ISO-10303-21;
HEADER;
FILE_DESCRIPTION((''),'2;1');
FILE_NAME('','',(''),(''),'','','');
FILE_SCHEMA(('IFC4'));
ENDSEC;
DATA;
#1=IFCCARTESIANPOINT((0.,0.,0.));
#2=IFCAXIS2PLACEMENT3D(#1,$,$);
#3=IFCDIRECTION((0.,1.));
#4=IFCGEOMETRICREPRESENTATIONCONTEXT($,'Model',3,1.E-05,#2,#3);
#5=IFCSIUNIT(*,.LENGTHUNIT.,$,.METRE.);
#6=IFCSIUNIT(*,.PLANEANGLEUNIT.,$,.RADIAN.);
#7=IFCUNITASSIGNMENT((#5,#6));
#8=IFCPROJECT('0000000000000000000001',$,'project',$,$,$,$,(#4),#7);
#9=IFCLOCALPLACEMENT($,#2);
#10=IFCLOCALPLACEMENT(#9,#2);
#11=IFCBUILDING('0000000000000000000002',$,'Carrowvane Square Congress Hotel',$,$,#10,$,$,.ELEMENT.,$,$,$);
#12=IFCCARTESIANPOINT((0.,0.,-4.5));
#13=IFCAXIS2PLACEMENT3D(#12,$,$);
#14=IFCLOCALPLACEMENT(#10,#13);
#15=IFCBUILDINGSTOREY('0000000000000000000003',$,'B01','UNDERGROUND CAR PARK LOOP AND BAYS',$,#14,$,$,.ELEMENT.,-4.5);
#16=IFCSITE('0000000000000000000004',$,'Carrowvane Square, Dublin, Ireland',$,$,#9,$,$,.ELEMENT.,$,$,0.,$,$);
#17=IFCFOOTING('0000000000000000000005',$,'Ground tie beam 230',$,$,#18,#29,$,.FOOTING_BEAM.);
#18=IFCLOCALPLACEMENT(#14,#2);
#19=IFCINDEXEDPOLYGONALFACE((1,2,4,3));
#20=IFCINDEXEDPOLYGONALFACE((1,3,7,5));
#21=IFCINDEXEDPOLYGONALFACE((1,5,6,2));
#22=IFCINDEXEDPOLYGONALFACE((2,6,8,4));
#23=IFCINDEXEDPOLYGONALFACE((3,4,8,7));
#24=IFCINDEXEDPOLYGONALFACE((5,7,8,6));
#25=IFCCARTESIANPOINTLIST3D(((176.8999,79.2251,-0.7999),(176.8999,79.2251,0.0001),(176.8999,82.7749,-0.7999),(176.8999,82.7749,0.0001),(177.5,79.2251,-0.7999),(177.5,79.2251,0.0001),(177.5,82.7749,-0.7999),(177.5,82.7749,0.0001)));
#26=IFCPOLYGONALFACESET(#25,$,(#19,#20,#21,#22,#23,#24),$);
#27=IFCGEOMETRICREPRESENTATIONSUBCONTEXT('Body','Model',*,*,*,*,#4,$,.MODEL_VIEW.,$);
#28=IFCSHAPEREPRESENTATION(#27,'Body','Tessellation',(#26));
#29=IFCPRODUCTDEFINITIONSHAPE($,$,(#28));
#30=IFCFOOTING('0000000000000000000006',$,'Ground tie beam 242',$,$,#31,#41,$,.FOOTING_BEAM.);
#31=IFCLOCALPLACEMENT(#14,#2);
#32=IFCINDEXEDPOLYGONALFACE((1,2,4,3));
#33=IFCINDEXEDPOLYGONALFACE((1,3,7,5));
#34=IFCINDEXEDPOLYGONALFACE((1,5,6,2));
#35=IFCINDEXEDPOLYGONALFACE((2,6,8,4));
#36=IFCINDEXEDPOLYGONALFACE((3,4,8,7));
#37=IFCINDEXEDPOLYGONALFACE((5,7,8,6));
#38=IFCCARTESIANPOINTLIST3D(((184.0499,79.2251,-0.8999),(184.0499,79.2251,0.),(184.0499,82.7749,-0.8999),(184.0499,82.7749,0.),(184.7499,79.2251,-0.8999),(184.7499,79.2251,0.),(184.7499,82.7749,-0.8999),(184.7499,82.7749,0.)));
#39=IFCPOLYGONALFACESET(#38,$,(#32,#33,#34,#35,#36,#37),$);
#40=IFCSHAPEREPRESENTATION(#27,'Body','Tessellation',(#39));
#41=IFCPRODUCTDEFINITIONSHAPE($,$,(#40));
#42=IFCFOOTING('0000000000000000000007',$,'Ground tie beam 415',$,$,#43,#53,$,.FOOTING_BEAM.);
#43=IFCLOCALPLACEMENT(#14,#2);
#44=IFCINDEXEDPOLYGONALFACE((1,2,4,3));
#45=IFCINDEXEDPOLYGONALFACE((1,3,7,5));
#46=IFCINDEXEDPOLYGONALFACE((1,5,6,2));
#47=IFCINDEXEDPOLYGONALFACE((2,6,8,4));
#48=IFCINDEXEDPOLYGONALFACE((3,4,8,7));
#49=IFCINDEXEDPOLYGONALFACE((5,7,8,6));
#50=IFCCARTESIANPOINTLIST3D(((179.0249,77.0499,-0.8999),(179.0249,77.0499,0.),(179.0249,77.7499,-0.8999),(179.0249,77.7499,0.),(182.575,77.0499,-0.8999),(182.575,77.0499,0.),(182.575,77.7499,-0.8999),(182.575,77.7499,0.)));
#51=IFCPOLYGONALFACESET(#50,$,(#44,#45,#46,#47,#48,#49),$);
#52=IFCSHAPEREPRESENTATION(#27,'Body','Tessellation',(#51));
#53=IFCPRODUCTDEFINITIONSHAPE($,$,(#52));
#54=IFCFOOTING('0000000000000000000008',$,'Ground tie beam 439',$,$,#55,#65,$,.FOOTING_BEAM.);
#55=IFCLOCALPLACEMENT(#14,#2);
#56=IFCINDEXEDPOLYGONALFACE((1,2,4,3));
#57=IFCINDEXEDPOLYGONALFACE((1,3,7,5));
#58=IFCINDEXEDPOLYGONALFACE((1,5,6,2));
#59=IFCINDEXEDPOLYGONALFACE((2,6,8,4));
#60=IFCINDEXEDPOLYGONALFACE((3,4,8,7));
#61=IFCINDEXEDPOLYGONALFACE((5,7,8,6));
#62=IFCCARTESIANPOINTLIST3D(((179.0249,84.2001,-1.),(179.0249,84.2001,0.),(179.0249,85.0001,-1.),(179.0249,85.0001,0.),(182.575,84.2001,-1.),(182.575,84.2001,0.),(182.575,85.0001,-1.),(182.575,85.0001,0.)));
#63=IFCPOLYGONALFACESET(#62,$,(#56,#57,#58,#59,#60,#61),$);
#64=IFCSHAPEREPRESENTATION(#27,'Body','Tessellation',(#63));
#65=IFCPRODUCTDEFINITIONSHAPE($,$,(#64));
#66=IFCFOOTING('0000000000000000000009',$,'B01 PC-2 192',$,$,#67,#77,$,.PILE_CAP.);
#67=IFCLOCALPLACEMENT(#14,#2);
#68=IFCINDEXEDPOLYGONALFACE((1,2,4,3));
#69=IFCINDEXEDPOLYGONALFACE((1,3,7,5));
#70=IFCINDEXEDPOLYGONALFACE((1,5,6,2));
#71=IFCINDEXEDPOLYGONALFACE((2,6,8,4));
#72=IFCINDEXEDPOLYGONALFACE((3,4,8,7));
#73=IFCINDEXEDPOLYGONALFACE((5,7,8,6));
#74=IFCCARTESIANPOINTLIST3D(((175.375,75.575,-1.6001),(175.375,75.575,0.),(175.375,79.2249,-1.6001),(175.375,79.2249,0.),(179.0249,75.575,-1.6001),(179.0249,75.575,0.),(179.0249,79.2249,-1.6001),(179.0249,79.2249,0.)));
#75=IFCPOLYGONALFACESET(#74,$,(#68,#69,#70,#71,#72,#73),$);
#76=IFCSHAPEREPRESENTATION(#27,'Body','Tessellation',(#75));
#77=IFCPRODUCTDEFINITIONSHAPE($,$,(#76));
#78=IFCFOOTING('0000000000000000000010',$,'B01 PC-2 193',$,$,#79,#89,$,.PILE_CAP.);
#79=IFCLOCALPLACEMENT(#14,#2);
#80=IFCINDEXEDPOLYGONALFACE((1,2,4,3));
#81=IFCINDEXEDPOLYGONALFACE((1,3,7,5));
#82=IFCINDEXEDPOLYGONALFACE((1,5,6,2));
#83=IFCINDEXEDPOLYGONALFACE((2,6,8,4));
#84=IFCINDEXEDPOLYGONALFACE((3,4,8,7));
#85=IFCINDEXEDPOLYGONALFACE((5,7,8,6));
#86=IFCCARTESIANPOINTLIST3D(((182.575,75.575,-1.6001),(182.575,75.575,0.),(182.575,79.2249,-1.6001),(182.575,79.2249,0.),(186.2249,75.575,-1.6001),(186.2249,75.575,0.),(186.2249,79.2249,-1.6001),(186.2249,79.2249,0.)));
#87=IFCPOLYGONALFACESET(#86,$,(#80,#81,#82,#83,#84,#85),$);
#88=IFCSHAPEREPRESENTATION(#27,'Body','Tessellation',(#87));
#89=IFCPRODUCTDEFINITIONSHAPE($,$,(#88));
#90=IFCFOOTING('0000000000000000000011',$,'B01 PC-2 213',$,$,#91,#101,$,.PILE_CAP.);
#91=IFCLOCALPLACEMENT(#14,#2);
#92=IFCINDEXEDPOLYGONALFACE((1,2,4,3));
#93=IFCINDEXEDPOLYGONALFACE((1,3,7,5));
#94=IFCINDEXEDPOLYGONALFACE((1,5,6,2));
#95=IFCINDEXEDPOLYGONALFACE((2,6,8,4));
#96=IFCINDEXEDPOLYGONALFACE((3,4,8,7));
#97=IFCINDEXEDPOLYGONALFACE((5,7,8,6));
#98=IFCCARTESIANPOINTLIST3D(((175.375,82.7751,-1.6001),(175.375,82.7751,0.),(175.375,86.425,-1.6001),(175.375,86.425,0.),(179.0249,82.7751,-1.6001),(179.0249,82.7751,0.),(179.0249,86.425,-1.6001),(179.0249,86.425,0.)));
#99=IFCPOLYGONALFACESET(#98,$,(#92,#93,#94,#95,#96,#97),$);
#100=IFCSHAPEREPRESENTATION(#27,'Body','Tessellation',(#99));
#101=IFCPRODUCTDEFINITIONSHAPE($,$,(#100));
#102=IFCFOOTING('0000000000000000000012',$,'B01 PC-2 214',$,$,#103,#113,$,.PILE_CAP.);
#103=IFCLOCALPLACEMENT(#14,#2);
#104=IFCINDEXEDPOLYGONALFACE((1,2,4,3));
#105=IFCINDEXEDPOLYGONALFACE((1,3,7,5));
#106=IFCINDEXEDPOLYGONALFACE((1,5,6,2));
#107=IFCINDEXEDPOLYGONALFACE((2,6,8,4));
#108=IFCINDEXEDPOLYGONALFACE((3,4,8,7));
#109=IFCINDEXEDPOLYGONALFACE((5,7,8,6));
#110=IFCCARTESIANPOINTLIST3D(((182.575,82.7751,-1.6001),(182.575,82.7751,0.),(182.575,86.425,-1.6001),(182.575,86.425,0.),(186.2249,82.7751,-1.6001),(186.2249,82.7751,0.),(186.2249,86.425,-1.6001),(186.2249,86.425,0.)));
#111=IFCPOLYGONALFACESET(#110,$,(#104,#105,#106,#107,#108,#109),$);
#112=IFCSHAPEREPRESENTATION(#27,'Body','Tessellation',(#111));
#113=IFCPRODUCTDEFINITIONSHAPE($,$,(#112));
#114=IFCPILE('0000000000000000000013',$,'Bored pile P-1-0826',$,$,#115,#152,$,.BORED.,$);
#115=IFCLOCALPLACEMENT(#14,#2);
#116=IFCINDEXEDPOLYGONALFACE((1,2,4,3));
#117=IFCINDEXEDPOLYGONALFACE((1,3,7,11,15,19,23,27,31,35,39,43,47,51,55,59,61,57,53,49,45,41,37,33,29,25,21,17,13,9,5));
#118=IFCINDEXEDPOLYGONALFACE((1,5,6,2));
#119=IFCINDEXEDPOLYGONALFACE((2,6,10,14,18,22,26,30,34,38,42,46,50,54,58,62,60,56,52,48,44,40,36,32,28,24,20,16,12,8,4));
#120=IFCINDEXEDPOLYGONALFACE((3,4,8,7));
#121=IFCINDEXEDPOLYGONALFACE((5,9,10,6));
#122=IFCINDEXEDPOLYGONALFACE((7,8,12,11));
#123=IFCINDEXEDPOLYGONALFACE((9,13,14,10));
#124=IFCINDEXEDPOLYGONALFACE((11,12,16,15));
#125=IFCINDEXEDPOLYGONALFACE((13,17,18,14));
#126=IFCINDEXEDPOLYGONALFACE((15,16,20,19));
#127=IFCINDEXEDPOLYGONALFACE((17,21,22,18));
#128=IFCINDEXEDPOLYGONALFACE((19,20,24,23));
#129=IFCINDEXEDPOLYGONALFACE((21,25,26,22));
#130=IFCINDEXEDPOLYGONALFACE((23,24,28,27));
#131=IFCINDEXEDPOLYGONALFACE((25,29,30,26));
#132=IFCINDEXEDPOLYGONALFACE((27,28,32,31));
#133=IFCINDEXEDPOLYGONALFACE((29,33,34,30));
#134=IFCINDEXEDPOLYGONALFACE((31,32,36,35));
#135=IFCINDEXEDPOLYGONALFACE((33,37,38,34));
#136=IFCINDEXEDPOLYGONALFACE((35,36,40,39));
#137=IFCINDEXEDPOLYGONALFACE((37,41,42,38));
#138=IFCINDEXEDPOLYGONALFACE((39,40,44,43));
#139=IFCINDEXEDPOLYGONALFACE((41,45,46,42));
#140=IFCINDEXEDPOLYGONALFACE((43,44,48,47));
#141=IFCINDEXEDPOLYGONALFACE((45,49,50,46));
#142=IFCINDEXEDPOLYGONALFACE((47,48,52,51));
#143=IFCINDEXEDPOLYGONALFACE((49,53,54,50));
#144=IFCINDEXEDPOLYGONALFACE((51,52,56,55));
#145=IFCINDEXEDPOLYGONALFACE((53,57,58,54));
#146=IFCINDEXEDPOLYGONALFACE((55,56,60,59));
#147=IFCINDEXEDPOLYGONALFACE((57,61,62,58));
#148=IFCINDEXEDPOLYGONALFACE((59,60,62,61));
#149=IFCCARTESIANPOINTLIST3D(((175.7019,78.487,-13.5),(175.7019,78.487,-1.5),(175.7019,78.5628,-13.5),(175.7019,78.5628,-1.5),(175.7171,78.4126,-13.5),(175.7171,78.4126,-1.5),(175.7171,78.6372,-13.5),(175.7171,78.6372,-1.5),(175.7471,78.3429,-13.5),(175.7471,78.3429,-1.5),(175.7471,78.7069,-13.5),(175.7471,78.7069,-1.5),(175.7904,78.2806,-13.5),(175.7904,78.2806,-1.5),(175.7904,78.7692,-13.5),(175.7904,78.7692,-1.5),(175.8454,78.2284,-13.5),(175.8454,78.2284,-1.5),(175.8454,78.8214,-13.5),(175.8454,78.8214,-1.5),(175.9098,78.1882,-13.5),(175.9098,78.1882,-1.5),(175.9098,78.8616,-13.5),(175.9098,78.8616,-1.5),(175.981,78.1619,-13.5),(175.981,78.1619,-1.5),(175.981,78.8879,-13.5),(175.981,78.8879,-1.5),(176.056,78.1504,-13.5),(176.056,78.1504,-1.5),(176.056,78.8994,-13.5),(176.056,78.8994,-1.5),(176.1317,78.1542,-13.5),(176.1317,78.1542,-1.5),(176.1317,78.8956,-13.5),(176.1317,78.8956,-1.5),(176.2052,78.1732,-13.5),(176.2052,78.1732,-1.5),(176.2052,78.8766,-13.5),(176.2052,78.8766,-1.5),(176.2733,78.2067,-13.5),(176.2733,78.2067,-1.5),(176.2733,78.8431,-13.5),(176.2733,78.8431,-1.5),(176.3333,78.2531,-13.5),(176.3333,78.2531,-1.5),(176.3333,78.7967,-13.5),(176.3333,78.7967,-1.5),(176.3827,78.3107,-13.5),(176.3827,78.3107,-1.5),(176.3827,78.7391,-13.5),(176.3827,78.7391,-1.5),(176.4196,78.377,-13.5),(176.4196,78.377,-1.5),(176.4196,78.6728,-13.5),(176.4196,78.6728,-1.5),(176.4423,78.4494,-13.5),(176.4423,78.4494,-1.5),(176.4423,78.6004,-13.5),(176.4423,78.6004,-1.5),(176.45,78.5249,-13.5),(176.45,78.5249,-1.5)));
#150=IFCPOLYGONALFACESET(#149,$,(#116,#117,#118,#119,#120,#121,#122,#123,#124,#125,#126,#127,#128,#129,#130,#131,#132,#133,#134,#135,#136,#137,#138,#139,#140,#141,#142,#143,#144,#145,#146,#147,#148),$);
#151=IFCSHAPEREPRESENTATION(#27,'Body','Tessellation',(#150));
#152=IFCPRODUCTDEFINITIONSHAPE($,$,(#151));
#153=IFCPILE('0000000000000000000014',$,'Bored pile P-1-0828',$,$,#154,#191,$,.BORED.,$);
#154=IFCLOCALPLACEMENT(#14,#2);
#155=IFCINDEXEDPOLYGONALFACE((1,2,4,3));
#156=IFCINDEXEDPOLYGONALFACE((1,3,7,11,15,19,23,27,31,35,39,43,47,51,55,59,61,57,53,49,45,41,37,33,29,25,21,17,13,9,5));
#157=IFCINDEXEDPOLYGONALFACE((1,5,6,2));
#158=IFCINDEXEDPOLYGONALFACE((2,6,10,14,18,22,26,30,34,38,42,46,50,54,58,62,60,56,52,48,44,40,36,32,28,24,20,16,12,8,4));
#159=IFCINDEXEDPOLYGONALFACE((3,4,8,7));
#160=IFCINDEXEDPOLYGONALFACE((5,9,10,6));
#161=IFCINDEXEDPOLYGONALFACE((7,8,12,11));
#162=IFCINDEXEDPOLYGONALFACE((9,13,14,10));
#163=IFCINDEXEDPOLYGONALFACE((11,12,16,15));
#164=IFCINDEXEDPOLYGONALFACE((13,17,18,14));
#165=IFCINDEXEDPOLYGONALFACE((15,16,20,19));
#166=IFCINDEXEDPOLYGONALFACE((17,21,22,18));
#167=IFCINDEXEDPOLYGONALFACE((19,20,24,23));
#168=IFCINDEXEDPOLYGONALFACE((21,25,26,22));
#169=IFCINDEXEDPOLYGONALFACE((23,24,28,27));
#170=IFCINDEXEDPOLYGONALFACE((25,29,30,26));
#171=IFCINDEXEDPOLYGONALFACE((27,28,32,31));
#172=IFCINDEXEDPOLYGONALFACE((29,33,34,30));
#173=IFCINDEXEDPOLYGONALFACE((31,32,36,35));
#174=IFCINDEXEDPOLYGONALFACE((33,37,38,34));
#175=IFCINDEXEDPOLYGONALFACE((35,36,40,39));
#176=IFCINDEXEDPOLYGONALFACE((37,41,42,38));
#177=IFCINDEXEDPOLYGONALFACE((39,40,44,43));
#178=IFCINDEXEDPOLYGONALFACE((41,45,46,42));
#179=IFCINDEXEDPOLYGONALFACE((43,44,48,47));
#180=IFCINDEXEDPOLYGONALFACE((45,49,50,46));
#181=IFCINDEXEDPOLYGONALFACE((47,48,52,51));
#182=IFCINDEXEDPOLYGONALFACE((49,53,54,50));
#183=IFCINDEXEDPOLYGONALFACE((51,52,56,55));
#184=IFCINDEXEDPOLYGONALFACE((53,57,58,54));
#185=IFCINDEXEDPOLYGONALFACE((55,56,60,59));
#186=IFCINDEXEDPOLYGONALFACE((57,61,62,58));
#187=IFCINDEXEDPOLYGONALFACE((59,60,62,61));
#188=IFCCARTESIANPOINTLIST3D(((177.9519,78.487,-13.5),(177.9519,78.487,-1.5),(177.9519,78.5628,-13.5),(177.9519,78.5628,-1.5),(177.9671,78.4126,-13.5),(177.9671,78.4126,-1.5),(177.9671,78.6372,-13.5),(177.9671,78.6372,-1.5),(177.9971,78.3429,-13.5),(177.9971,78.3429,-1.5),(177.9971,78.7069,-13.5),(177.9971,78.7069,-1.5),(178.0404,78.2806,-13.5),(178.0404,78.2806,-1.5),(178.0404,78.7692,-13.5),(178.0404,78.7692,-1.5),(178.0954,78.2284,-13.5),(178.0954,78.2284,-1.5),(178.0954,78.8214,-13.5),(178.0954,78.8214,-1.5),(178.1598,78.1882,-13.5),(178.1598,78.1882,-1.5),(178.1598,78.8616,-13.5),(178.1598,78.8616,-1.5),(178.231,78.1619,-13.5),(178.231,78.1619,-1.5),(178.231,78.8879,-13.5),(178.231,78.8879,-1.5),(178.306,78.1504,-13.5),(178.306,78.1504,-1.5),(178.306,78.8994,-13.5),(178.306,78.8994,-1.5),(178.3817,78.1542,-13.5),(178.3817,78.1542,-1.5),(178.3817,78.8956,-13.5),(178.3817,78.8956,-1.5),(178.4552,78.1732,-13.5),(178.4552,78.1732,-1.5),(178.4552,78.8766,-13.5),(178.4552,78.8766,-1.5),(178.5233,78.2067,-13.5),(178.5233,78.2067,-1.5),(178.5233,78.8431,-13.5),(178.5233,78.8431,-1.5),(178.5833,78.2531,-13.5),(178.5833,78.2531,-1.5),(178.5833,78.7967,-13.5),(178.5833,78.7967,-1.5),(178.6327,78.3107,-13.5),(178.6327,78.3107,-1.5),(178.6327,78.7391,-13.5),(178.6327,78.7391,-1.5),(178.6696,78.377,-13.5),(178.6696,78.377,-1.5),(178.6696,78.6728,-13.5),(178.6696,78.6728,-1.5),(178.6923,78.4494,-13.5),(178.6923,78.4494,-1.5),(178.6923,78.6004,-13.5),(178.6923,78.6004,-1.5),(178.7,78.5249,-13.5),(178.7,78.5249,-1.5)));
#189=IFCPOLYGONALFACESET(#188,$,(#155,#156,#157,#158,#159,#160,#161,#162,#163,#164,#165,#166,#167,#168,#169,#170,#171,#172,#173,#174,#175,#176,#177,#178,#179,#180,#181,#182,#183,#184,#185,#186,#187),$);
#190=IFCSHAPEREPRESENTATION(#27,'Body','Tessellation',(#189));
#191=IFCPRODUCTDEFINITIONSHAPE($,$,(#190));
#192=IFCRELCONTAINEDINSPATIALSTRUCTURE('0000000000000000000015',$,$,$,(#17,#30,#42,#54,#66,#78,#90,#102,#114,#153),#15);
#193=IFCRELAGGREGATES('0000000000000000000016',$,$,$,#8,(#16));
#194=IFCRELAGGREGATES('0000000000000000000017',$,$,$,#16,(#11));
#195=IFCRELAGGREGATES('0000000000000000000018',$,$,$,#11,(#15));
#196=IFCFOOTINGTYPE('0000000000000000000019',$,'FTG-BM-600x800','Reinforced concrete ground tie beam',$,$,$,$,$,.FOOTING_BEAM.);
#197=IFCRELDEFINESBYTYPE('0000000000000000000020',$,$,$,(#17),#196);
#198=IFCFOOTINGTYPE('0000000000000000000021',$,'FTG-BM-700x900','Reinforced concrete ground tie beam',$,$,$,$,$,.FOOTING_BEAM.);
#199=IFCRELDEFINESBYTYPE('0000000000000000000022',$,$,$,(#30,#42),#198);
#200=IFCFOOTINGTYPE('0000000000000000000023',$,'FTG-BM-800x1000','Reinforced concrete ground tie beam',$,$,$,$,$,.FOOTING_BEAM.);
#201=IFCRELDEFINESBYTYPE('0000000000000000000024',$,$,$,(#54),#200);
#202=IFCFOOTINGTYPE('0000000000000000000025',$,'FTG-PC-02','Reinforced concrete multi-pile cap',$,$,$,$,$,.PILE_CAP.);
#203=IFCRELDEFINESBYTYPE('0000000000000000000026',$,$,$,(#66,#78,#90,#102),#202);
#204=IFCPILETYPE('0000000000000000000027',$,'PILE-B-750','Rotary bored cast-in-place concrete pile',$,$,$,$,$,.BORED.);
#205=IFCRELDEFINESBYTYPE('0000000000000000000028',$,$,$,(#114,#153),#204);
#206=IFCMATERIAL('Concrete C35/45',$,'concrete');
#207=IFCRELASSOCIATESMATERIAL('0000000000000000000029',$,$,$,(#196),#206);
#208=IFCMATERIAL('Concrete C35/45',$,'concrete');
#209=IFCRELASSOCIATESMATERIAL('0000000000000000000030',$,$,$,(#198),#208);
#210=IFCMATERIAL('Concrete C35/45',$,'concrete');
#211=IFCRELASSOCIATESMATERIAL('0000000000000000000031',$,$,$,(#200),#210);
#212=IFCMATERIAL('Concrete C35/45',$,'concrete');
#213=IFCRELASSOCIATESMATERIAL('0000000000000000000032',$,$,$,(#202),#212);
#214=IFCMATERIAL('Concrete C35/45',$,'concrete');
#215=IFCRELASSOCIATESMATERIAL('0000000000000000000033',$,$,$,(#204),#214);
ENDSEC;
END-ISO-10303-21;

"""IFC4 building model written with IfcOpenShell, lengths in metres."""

from ifc_helpers import new_model, si_unit, direction, frame, origin, origin_2d, place, context, subcontext, project, spatial, rectangle, circle, extrude, material, material_profile, profile_set, type_object, element, save


model = new_model("IFC4")

# Units and contexts
model_context = context("Model", 3, precision=1e-05, world=origin(), true_north=direction((0.0, 1.0)))
body_context = subcontext(model_context, "Body", "Model", "MODEL_VIEW")
ifc_project = project(units=[si_unit("LENGTHUNIT", "METRE"), si_unit("PLANEANGLEUNIT", "RADIAN")], contexts=[model_context])

# Site, building, storey
site_placement = place(None, origin())
site = spatial("IfcSite", under=ifc_project, at=site_placement, Name="Carrowvane Square, Dublin, Ireland", CompositionType="ELEMENT", RefElevation=0.0)
building_placement = place(site_placement, origin())
building = spatial("IfcBuilding", under=site, at=building_placement, Name="Carrowvane Square Congress Hotel", CompositionType="ELEMENT")
storey_placement = place(building_placement, frame((0.0, 0.0, -4.5)))
storey = spatial("IfcBuildingStorey", under=building, at=storey_placement, Name="B01", Description="UNDERGROUND CAR PARK LOOP AND BAYS", CompositionType="ELEMENT", Elevation=-4.5)

# Footings
ifc_material_1 = material(Name="Concrete C35/45", Category="concrete")
ifc_material_profile_1 = material_profile(ifc_material_1, rectangle(XDim=0.6001, YDim=0.8, at=origin_2d()), Name="RC 600x800")
ifc_profile_set_1 = profile_set([ifc_material_profile_1], Name="Concrete C35/45")
footing_type_1 = type_object("IfcFootingType", Name="FTG-BM-600x800", Description="Reinforced concrete ground tie beam", PredefinedType="FOOTING_BEAM", material=ifc_profile_set_1)
footing_1_placement = place(storey_placement, frame((177.2, 79.2251, -0.3999), z_axis=(0.0, 1.0, 0.0), x_axis=(-1.0, 0.0, 0.0)))
element("IfcFooting", 1, at=footing_1_placement, inside=storey, type_object=footing_type_1, Name="Ground tie beam 230", PredefinedType="FOOTING_BEAM", context=body_context, shape_type="SweptSolid", body=[
    extrude(rectangle(XDim=0.6001, YDim=0.8, at=origin_2d()), origin(), (0.0, 0.0, 1.0), 3.5498),
])
ifc_material_2 = material(Name="Concrete C35/45", Category="concrete")
ifc_material_profile_2 = material_profile(ifc_material_2, rectangle(XDim=0.7, YDim=0.8999, at=origin_2d()), Name="RC 700x900")
ifc_profile_set_2 = profile_set([ifc_material_profile_2], Name="Concrete C35/45")
footing_type_2 = type_object("IfcFootingType", Name="FTG-BM-700x900", Description="Reinforced concrete ground tie beam", PredefinedType="FOOTING_BEAM", material=ifc_profile_set_2)
footing_2_placement = place(storey_placement, frame((184.3999, 79.2251, -0.45), z_axis=(0.0, 1.0, 0.0), x_axis=(-1.0, 0.0, 0.0)))
element("IfcFooting", 2, at=footing_2_placement, inside=storey, type_object=footing_type_2, Name="Ground tie beam 242", PredefinedType="FOOTING_BEAM", context=body_context, shape_type="SweptSolid", body=[
    extrude(rectangle(XDim=0.7, YDim=0.8999, at=origin_2d()), origin(), (0.0, 0.0, 1.0), 3.5498),
])
footing_3_placement = place(storey_placement, frame((179.0249, 77.3999, -0.45), z_axis=(1.0, 0.0, 0.0), x_axis=(0.0, 1.0, 0.0)))
element("IfcFooting", 3, at=footing_3_placement, inside=storey, type_object=footing_type_2, Name="Ground tie beam 415", PredefinedType="FOOTING_BEAM", context=body_context, shape_type="SweptSolid", body=[
    extrude(rectangle(XDim=0.7, YDim=0.8999, at=origin_2d()), origin(), (0.0, 0.0, 1.0), 3.55),
])
ifc_material_3 = material(Name="Concrete C35/45", Category="concrete")
ifc_material_profile_3 = material_profile(ifc_material_3, rectangle(XDim=0.8, YDim=1.0, at=origin_2d()), Name="RC 800x1000")
ifc_profile_set_3 = profile_set([ifc_material_profile_3], Name="Concrete C35/45")
footing_type_3 = type_object("IfcFootingType", Name="FTG-BM-800x1000", Description="Reinforced concrete ground tie beam", PredefinedType="FOOTING_BEAM", material=ifc_profile_set_3)
footing_4_placement = place(storey_placement, frame((179.0249, 84.6001, -0.5), z_axis=(1.0, 0.0, 0.0), x_axis=(0.0, 1.0, 0.0)))
element("IfcFooting", 4, at=footing_4_placement, inside=storey, type_object=footing_type_3, Name="Ground tie beam 439", PredefinedType="FOOTING_BEAM", context=body_context, shape_type="SweptSolid", body=[
    extrude(rectangle(XDim=0.8, YDim=1.0, at=origin_2d()), origin(), (0.0, 0.0, 1.0), 3.55),
])
ifc_material_4 = material(Name="Concrete C35/45", Category="concrete")
footing_type_4 = type_object("IfcFootingType", Name="FTG-PC-02", Description="Reinforced concrete multi-pile cap", PredefinedType="PILE_CAP", material=ifc_material_4)
for number, where, z_axis, x_axis, name in (
    (5, (177.2, 77.3999, -1.6001), (0.0, 0.0, 1.0), (1.0, 0.0, 0.0), "B01 PC-2 192"),
    (6, (184.3999, 77.3999, -1.6001), (0.0, 0.0, 1.0), (1.0, 0.0, 0.0), "B01 PC-2 193"),
    (7, (177.2, 84.6001, -1.6001), (0.0, 0.0, 1.0), (1.0, 0.0, 0.0), "B01 PC-2 213"),
    (8, (184.3999, 84.6001, -1.6001), (0.0, 0.0, 1.0), (1.0, 0.0, 0.0), "B01 PC-2 214"),
):
    element("IfcFooting", number, at=place(storey_placement, frame(where, z_axis=z_axis, x_axis=x_axis)), inside=storey, type_object=footing_type_4, Name=name, PredefinedType="PILE_CAP", context=body_context, shape_type="SweptSolid", body=[
        extrude(rectangle(XDim=3.6499, YDim=3.6499, at=origin_2d()), origin(), (0.0, 0.0, 1.0), 1.6001),
    ])

# Piles
ifc_material_5 = material(Name="Concrete C35/45", Category="concrete")
ifc_material_profile_4 = material_profile(ifc_material_5, circle(Radius=0.375, at=origin_2d()), Name="PILE D750")
ifc_profile_set_4 = profile_set([ifc_material_profile_4], Name="Concrete C35/45")
pile_type = type_object("IfcPileType", Name="PILE-B-750", Description="Rotary bored cast-in-place concrete pile", PredefinedType="BORED", material=ifc_profile_set_4)
for number, where, z_axis, x_axis, name in (
    (9, (176.075, 78.5249, -1.5), (0.0, 0.0, -1.0), (1.0, 0.0, 0.0), "Bored pile P-1-0826"),
    (10, (178.325, 78.5249, -1.5), (0.0, 0.0, -1.0), (1.0, 0.0, 0.0), "Bored pile P-1-0828"),
):
    element("IfcPile", number, at=place(storey_placement, frame(where, z_axis=z_axis, x_axis=x_axis)), inside=storey, type_object=pile_type, Name=name, PredefinedType="BORED", context=body_context, shape_type="SweptSolid", body=[
        extrude(circle(Radius=0.375, at=origin_2d()), origin(), (0.0, 0.0, 1.0), 12.0),
    ])

save(model, "model.ifc")
